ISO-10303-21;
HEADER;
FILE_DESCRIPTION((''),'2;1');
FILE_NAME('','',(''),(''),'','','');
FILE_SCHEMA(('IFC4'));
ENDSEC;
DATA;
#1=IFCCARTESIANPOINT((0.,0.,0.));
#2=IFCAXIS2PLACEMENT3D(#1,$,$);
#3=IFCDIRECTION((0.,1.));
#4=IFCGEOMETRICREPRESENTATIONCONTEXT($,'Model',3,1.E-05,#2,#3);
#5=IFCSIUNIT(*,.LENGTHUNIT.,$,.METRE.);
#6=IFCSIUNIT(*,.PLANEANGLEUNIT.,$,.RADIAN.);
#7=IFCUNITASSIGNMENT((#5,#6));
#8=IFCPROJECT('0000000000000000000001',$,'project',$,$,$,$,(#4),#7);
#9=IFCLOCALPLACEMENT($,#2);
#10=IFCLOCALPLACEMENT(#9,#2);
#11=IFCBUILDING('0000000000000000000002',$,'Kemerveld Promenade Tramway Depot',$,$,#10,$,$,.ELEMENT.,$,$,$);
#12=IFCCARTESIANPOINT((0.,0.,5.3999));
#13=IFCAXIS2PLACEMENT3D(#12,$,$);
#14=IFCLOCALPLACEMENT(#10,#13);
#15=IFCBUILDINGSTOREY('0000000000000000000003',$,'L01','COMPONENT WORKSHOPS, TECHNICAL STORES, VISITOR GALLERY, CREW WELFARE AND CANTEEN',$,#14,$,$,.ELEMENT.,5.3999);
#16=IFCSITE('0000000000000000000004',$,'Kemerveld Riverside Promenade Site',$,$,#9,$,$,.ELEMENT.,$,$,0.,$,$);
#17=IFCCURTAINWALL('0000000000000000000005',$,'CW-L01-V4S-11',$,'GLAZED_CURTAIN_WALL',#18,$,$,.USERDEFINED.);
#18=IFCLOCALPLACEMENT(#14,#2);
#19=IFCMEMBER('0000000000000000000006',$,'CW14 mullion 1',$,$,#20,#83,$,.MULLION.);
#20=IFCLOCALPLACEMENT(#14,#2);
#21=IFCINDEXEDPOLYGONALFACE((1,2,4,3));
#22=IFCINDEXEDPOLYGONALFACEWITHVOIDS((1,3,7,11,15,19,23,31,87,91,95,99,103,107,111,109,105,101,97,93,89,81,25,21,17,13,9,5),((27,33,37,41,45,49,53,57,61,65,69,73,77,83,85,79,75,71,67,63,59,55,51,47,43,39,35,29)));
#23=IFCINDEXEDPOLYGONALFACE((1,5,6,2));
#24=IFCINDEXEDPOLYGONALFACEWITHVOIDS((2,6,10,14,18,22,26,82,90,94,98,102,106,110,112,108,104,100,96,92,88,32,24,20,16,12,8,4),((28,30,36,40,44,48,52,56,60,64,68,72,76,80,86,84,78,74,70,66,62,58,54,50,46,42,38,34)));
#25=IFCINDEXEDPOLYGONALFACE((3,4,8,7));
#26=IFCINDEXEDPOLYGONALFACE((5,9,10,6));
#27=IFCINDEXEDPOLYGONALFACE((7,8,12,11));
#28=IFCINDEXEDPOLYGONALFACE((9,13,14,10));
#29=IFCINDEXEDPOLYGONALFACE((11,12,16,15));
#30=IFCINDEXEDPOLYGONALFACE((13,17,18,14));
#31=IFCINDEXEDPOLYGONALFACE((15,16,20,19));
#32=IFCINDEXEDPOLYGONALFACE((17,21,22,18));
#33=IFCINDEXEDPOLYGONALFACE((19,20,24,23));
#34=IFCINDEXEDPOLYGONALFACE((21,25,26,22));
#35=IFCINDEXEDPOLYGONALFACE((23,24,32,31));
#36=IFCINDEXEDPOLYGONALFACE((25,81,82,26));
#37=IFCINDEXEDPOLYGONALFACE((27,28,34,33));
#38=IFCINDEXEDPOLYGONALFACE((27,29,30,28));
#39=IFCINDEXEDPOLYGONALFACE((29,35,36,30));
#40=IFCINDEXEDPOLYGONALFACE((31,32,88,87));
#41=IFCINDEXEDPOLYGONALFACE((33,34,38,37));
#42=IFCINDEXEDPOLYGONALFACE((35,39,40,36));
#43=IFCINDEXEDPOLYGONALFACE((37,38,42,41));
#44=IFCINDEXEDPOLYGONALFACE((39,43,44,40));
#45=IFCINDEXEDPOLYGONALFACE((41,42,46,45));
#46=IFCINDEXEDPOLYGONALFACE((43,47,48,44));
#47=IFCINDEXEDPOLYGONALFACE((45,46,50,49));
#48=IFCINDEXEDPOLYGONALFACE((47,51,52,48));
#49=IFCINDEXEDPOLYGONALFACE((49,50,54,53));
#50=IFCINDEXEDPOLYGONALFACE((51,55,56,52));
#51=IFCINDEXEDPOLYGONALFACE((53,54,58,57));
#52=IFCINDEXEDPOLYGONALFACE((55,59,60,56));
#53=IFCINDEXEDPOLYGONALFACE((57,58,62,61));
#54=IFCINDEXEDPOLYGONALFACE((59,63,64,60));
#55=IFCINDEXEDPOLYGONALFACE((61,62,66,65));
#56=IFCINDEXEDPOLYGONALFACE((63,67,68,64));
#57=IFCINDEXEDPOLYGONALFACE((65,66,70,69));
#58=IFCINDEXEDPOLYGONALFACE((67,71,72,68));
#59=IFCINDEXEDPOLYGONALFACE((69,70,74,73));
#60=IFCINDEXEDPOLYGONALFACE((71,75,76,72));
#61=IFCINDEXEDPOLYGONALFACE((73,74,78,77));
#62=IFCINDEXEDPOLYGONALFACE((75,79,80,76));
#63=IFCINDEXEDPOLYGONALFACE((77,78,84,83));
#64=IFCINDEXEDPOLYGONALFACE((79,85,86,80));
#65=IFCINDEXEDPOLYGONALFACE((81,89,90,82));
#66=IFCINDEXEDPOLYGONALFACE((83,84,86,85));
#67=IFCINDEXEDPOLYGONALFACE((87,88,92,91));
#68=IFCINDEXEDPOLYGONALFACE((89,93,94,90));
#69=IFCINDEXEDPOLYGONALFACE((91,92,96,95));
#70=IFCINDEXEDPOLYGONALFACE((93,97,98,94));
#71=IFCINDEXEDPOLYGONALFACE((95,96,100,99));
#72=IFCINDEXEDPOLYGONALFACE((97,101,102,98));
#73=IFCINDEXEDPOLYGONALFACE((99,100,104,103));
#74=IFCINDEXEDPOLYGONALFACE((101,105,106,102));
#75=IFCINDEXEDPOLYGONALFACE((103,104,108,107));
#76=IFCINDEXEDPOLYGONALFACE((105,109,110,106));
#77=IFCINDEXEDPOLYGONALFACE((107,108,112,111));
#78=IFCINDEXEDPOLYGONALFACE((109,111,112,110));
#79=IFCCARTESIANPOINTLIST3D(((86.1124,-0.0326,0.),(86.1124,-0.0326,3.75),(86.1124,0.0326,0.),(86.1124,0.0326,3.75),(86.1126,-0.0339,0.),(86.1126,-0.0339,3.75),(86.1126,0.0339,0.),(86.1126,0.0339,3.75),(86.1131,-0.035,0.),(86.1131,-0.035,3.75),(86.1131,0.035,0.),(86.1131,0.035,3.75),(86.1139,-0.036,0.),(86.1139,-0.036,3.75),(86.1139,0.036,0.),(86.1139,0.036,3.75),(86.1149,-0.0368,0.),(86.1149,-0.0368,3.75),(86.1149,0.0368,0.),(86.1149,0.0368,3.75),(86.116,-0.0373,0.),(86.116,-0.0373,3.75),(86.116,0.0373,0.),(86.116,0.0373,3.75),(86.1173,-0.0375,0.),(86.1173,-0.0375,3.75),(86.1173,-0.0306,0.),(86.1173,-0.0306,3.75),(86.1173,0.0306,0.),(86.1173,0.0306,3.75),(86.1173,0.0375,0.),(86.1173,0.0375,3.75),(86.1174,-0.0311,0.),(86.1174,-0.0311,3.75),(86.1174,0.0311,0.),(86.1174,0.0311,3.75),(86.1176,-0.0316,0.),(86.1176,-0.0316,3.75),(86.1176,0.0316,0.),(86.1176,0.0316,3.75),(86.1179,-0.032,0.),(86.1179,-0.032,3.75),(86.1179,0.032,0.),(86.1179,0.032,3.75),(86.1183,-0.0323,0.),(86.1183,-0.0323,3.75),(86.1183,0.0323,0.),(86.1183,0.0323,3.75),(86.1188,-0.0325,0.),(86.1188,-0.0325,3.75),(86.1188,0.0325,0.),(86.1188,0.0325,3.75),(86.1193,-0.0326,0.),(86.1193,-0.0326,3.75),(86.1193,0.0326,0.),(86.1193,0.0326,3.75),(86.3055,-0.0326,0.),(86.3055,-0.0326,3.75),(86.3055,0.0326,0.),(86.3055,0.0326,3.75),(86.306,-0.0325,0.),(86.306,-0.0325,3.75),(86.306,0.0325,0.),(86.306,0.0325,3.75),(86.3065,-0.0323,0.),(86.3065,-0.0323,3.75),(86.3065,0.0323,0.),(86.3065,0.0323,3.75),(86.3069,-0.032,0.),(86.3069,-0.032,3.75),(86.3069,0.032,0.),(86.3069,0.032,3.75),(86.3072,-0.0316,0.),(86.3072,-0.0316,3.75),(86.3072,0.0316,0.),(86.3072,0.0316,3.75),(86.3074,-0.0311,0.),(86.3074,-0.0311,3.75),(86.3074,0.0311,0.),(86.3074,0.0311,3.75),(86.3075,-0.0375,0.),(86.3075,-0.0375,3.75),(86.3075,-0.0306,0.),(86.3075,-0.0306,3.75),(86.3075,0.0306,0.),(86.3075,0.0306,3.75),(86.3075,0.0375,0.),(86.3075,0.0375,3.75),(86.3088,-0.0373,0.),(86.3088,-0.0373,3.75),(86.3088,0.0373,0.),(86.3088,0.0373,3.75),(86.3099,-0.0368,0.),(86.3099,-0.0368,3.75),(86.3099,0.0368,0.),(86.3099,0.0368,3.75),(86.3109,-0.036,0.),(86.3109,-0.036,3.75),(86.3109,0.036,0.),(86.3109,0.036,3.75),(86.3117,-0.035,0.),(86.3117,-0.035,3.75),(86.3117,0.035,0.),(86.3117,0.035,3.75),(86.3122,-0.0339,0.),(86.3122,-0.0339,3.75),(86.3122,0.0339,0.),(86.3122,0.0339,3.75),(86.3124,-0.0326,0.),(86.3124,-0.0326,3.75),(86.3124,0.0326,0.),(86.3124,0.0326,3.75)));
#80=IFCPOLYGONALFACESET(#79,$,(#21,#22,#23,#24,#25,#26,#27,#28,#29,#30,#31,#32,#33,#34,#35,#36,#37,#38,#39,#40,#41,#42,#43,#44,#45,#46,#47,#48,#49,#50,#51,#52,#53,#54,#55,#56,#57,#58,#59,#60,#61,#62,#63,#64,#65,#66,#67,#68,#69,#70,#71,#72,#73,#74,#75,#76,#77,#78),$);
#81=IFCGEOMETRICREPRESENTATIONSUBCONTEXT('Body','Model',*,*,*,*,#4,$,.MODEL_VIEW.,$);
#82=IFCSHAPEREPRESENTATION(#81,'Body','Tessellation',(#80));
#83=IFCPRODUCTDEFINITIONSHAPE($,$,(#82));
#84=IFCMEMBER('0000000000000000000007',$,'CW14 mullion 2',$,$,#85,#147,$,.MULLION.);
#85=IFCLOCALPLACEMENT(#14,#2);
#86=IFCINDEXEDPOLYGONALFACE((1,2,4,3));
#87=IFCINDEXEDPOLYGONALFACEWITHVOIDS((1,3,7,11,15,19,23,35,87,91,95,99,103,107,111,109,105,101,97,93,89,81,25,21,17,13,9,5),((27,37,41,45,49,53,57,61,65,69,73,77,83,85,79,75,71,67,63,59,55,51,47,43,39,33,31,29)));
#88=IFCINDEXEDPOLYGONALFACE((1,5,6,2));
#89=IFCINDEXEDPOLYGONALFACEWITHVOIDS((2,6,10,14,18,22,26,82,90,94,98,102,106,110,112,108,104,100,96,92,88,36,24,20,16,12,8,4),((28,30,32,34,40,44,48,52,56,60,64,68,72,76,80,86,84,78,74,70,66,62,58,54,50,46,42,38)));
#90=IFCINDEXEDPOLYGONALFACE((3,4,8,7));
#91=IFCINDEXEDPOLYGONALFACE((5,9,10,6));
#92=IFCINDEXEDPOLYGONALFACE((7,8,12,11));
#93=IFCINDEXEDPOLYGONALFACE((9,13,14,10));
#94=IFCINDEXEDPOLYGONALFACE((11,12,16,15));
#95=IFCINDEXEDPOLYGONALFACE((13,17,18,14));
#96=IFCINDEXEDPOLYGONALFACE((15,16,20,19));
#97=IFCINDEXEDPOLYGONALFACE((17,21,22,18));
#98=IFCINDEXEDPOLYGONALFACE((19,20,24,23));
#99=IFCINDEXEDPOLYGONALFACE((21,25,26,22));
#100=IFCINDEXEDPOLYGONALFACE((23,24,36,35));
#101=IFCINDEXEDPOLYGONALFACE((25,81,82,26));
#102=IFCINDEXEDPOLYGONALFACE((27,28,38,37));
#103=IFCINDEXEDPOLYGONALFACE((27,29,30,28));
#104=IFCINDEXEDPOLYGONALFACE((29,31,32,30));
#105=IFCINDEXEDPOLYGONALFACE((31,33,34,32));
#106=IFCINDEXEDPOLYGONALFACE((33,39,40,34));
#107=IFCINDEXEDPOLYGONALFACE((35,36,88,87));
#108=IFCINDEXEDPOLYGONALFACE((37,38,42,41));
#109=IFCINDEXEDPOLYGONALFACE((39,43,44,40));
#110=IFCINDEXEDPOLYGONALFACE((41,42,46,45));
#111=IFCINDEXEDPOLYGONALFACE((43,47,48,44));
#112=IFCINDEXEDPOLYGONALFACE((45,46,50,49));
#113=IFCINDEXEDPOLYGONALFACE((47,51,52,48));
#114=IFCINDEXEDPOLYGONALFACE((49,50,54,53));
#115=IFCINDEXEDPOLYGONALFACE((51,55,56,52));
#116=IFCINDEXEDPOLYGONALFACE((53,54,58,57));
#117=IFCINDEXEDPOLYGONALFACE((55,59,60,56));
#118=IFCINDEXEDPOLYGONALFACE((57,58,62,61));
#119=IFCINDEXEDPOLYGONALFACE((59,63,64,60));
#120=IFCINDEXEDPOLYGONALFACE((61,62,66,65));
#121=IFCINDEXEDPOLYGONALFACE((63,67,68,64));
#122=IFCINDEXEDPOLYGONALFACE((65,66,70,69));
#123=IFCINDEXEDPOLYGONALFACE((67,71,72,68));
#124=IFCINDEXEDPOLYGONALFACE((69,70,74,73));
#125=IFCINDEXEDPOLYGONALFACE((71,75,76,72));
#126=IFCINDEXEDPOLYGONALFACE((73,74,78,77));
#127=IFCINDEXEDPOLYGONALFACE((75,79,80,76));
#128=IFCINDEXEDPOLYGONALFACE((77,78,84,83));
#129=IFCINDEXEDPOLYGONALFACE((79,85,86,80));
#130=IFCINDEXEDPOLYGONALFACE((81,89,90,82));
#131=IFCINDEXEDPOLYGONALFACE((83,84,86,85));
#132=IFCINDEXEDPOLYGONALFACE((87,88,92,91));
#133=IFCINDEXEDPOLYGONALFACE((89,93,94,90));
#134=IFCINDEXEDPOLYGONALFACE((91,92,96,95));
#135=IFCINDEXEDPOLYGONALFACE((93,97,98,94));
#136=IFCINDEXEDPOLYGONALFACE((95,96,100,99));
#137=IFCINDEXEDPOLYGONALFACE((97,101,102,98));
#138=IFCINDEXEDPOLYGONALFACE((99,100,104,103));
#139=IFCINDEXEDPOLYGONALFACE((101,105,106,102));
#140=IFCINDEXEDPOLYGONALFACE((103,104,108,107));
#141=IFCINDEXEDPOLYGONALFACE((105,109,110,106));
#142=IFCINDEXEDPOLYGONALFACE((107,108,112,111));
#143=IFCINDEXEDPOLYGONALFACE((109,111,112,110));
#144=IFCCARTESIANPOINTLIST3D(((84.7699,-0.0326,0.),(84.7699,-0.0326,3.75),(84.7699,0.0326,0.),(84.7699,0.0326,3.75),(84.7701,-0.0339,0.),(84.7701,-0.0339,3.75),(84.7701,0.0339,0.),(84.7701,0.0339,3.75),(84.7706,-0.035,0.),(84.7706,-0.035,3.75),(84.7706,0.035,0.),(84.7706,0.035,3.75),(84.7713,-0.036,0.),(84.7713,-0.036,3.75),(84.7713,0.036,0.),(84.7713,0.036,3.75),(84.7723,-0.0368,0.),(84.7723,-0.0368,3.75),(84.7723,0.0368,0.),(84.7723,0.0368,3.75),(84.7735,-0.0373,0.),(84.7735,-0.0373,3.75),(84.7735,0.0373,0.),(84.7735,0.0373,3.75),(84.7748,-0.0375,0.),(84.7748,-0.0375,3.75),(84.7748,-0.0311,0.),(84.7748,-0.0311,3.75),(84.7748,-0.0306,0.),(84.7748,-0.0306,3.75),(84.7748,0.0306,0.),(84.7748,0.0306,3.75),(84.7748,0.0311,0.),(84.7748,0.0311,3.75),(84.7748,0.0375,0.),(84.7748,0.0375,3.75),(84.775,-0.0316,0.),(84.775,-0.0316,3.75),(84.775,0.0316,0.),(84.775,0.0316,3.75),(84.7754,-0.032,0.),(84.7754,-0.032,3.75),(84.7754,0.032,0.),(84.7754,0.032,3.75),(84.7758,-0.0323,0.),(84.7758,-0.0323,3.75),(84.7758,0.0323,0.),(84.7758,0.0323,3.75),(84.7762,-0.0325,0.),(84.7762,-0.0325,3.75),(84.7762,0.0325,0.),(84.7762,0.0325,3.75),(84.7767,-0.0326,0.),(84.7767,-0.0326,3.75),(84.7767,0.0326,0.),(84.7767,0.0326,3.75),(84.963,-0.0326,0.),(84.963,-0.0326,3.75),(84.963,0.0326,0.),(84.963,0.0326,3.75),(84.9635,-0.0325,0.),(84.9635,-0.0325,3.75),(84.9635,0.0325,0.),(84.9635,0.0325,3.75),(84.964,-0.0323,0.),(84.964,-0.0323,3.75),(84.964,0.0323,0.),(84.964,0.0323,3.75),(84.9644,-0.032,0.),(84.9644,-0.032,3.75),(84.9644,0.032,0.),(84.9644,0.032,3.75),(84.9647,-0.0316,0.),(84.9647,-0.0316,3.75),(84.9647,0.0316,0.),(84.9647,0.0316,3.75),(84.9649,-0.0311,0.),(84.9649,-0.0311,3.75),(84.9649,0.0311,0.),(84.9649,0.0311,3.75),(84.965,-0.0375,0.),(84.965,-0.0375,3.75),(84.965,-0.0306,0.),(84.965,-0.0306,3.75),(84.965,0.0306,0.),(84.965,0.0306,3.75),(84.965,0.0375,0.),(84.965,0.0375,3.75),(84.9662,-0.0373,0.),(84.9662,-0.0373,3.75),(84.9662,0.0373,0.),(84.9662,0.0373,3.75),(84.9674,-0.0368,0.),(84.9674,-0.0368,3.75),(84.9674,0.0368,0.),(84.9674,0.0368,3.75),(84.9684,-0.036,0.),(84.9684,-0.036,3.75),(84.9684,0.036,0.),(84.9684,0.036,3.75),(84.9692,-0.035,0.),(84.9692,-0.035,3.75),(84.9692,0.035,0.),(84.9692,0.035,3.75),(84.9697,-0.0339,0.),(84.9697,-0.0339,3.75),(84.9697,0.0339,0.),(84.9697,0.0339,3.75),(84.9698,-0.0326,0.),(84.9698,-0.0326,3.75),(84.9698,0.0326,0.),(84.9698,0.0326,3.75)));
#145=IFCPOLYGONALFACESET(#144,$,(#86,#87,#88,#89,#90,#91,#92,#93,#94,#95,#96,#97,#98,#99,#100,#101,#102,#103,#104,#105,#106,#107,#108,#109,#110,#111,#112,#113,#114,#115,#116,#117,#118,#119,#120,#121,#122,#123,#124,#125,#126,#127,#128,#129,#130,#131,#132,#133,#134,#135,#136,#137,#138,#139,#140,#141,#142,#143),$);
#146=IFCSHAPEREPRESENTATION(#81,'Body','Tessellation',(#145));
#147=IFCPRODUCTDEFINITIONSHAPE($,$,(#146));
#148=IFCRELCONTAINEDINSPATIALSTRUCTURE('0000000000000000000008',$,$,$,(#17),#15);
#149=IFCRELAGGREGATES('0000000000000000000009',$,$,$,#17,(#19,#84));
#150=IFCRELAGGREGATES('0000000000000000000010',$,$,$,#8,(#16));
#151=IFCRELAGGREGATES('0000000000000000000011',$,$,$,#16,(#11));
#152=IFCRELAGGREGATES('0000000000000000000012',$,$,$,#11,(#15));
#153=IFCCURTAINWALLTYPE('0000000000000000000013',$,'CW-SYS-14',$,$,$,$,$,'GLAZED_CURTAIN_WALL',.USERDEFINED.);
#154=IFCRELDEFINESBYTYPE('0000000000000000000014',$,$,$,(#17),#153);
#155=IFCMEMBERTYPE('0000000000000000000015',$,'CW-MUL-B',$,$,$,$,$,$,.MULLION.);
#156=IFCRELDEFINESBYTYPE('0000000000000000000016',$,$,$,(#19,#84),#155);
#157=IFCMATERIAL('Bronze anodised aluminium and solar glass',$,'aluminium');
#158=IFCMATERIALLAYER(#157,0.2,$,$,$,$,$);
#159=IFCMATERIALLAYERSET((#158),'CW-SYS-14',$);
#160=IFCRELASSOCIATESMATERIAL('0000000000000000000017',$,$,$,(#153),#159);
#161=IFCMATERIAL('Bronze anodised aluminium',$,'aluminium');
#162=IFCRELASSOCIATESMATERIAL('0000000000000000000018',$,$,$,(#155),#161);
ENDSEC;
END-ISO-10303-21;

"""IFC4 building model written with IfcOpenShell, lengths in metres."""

from ifc_helpers import new_model, si_unit, direction, frame, origin, origin_2d, place, context, subcontext, project, spatial, hollow_rectangle, extrude, material, layer, layer_set, material_profile, profile_set, type_object, element, aggregate, save


model = new_model("IFC4")

# Units and contexts
model_context = context("Model", 3, precision=1e-05, world=origin(), true_north=direction((0.0, 1.0)))
body_context = subcontext(model_context, "Body", "Model", "MODEL_VIEW")
ifc_project = project(units=[si_unit("LENGTHUNIT", "METRE"), si_unit("PLANEANGLEUNIT", "RADIAN")], contexts=[model_context])

# Site, building, storey
site_placement = place(None, origin())
site = spatial("IfcSite", under=ifc_project, at=site_placement, Name="Kemerveld Riverside Promenade Site", CompositionType="ELEMENT", RefElevation=0.0)
building_placement = place(site_placement, origin())
building = spatial("IfcBuilding", under=site, at=building_placement, Name="Kemerveld Promenade Tramway Depot", CompositionType="ELEMENT")
storey_placement = place(building_placement, frame((0.0, 0.0, 5.3999)))
storey = spatial("IfcBuildingStorey", under=building, at=storey_placement, Name="L01", Description="COMPONENT WORKSHOPS, TECHNICAL STORES, VISITOR GALLERY, CREW WELFARE AND CANTEEN", CompositionType="ELEMENT", Elevation=5.3999)

# Curtain wall, members
ifc_material_1 = material(Name="Bronze anodised aluminium and solar glass", Category="aluminium")
ifc_layer_1 = layer(ifc_material_1, 0.2)
ifc_layer_set_1 = layer_set([ifc_layer_1], Name="CW-SYS-14")
curtain_wall_type = type_object("IfcCurtainWallType", Name="CW-SYS-14", ElementType="GLAZED_CURTAIN_WALL", PredefinedType="USERDEFINED", material=ifc_layer_set_1)
curtain_wall_placement = place(storey_placement, origin())
curtain_wall = element("IfcCurtainWall", 1, at=curtain_wall_placement, inside=storey, type_object=curtain_wall_type, Name="CW-L01-V4S-11", ObjectType="GLAZED_CURTAIN_WALL", PredefinedType="USERDEFINED")
ifc_material_2 = material(Name="Bronze anodised aluminium", Category="aluminium")
ifc_material_profile_1 = material_profile(ifc_material_2, hollow_rectangle(XDim=0.075, YDim=0.2, WallThickness=0.0049, InnerFilletRadius=0.002, OuterFilletRadius=0.0049, at=origin_2d()), Name="CW-MUL-200x75")
ifc_profile_set_1 = profile_set([ifc_material_profile_1], Name="Bronze anodised aluminium")
member_type_1 = type_object("IfcMemberType", Name="CW-MUL-B", PredefinedType="MULLION", material=ifc_profile_set_1)
member_1_placement = place(storey_placement, frame((86.2124, 0.0, 0.0), z_axis=(0.0, 0.0, 1.0), x_axis=(0.0, -1.0, 0.0)))
member_1 = element("IfcMember", 2, at=member_1_placement, type_object=member_type_1, Name="CW14 mullion 1", PredefinedType="MULLION", context=body_context, shape_type="SweptSolid", body=[
    extrude(hollow_rectangle(XDim=0.075, YDim=0.2, WallThickness=0.0049, InnerFilletRadius=0.002, OuterFilletRadius=0.0049, at=origin_2d()), origin(), (0.0, 0.0, 1.0), 3.75),
])
member_2_placement = place(storey_placement, frame((84.8699, 0.0, 0.0), z_axis=(0.0, 0.0, 1.0), x_axis=(0.0, -1.0, 0.0)))
member_2 = element("IfcMember", 3, at=member_2_placement, type_object=member_type_1, Name="CW14 mullion 2", PredefinedType="MULLION", context=body_context, shape_type="SweptSolid", body=[
    extrude(hollow_rectangle(XDim=0.075, YDim=0.2, WallThickness=0.0049, InnerFilletRadius=0.002, OuterFilletRadius=0.0049, at=origin_2d()), origin(), (0.0, 0.0, 1.0), 3.75),
])
aggregate(curtain_wall, [member_1, member_2])

save(model, "model.ifc")
